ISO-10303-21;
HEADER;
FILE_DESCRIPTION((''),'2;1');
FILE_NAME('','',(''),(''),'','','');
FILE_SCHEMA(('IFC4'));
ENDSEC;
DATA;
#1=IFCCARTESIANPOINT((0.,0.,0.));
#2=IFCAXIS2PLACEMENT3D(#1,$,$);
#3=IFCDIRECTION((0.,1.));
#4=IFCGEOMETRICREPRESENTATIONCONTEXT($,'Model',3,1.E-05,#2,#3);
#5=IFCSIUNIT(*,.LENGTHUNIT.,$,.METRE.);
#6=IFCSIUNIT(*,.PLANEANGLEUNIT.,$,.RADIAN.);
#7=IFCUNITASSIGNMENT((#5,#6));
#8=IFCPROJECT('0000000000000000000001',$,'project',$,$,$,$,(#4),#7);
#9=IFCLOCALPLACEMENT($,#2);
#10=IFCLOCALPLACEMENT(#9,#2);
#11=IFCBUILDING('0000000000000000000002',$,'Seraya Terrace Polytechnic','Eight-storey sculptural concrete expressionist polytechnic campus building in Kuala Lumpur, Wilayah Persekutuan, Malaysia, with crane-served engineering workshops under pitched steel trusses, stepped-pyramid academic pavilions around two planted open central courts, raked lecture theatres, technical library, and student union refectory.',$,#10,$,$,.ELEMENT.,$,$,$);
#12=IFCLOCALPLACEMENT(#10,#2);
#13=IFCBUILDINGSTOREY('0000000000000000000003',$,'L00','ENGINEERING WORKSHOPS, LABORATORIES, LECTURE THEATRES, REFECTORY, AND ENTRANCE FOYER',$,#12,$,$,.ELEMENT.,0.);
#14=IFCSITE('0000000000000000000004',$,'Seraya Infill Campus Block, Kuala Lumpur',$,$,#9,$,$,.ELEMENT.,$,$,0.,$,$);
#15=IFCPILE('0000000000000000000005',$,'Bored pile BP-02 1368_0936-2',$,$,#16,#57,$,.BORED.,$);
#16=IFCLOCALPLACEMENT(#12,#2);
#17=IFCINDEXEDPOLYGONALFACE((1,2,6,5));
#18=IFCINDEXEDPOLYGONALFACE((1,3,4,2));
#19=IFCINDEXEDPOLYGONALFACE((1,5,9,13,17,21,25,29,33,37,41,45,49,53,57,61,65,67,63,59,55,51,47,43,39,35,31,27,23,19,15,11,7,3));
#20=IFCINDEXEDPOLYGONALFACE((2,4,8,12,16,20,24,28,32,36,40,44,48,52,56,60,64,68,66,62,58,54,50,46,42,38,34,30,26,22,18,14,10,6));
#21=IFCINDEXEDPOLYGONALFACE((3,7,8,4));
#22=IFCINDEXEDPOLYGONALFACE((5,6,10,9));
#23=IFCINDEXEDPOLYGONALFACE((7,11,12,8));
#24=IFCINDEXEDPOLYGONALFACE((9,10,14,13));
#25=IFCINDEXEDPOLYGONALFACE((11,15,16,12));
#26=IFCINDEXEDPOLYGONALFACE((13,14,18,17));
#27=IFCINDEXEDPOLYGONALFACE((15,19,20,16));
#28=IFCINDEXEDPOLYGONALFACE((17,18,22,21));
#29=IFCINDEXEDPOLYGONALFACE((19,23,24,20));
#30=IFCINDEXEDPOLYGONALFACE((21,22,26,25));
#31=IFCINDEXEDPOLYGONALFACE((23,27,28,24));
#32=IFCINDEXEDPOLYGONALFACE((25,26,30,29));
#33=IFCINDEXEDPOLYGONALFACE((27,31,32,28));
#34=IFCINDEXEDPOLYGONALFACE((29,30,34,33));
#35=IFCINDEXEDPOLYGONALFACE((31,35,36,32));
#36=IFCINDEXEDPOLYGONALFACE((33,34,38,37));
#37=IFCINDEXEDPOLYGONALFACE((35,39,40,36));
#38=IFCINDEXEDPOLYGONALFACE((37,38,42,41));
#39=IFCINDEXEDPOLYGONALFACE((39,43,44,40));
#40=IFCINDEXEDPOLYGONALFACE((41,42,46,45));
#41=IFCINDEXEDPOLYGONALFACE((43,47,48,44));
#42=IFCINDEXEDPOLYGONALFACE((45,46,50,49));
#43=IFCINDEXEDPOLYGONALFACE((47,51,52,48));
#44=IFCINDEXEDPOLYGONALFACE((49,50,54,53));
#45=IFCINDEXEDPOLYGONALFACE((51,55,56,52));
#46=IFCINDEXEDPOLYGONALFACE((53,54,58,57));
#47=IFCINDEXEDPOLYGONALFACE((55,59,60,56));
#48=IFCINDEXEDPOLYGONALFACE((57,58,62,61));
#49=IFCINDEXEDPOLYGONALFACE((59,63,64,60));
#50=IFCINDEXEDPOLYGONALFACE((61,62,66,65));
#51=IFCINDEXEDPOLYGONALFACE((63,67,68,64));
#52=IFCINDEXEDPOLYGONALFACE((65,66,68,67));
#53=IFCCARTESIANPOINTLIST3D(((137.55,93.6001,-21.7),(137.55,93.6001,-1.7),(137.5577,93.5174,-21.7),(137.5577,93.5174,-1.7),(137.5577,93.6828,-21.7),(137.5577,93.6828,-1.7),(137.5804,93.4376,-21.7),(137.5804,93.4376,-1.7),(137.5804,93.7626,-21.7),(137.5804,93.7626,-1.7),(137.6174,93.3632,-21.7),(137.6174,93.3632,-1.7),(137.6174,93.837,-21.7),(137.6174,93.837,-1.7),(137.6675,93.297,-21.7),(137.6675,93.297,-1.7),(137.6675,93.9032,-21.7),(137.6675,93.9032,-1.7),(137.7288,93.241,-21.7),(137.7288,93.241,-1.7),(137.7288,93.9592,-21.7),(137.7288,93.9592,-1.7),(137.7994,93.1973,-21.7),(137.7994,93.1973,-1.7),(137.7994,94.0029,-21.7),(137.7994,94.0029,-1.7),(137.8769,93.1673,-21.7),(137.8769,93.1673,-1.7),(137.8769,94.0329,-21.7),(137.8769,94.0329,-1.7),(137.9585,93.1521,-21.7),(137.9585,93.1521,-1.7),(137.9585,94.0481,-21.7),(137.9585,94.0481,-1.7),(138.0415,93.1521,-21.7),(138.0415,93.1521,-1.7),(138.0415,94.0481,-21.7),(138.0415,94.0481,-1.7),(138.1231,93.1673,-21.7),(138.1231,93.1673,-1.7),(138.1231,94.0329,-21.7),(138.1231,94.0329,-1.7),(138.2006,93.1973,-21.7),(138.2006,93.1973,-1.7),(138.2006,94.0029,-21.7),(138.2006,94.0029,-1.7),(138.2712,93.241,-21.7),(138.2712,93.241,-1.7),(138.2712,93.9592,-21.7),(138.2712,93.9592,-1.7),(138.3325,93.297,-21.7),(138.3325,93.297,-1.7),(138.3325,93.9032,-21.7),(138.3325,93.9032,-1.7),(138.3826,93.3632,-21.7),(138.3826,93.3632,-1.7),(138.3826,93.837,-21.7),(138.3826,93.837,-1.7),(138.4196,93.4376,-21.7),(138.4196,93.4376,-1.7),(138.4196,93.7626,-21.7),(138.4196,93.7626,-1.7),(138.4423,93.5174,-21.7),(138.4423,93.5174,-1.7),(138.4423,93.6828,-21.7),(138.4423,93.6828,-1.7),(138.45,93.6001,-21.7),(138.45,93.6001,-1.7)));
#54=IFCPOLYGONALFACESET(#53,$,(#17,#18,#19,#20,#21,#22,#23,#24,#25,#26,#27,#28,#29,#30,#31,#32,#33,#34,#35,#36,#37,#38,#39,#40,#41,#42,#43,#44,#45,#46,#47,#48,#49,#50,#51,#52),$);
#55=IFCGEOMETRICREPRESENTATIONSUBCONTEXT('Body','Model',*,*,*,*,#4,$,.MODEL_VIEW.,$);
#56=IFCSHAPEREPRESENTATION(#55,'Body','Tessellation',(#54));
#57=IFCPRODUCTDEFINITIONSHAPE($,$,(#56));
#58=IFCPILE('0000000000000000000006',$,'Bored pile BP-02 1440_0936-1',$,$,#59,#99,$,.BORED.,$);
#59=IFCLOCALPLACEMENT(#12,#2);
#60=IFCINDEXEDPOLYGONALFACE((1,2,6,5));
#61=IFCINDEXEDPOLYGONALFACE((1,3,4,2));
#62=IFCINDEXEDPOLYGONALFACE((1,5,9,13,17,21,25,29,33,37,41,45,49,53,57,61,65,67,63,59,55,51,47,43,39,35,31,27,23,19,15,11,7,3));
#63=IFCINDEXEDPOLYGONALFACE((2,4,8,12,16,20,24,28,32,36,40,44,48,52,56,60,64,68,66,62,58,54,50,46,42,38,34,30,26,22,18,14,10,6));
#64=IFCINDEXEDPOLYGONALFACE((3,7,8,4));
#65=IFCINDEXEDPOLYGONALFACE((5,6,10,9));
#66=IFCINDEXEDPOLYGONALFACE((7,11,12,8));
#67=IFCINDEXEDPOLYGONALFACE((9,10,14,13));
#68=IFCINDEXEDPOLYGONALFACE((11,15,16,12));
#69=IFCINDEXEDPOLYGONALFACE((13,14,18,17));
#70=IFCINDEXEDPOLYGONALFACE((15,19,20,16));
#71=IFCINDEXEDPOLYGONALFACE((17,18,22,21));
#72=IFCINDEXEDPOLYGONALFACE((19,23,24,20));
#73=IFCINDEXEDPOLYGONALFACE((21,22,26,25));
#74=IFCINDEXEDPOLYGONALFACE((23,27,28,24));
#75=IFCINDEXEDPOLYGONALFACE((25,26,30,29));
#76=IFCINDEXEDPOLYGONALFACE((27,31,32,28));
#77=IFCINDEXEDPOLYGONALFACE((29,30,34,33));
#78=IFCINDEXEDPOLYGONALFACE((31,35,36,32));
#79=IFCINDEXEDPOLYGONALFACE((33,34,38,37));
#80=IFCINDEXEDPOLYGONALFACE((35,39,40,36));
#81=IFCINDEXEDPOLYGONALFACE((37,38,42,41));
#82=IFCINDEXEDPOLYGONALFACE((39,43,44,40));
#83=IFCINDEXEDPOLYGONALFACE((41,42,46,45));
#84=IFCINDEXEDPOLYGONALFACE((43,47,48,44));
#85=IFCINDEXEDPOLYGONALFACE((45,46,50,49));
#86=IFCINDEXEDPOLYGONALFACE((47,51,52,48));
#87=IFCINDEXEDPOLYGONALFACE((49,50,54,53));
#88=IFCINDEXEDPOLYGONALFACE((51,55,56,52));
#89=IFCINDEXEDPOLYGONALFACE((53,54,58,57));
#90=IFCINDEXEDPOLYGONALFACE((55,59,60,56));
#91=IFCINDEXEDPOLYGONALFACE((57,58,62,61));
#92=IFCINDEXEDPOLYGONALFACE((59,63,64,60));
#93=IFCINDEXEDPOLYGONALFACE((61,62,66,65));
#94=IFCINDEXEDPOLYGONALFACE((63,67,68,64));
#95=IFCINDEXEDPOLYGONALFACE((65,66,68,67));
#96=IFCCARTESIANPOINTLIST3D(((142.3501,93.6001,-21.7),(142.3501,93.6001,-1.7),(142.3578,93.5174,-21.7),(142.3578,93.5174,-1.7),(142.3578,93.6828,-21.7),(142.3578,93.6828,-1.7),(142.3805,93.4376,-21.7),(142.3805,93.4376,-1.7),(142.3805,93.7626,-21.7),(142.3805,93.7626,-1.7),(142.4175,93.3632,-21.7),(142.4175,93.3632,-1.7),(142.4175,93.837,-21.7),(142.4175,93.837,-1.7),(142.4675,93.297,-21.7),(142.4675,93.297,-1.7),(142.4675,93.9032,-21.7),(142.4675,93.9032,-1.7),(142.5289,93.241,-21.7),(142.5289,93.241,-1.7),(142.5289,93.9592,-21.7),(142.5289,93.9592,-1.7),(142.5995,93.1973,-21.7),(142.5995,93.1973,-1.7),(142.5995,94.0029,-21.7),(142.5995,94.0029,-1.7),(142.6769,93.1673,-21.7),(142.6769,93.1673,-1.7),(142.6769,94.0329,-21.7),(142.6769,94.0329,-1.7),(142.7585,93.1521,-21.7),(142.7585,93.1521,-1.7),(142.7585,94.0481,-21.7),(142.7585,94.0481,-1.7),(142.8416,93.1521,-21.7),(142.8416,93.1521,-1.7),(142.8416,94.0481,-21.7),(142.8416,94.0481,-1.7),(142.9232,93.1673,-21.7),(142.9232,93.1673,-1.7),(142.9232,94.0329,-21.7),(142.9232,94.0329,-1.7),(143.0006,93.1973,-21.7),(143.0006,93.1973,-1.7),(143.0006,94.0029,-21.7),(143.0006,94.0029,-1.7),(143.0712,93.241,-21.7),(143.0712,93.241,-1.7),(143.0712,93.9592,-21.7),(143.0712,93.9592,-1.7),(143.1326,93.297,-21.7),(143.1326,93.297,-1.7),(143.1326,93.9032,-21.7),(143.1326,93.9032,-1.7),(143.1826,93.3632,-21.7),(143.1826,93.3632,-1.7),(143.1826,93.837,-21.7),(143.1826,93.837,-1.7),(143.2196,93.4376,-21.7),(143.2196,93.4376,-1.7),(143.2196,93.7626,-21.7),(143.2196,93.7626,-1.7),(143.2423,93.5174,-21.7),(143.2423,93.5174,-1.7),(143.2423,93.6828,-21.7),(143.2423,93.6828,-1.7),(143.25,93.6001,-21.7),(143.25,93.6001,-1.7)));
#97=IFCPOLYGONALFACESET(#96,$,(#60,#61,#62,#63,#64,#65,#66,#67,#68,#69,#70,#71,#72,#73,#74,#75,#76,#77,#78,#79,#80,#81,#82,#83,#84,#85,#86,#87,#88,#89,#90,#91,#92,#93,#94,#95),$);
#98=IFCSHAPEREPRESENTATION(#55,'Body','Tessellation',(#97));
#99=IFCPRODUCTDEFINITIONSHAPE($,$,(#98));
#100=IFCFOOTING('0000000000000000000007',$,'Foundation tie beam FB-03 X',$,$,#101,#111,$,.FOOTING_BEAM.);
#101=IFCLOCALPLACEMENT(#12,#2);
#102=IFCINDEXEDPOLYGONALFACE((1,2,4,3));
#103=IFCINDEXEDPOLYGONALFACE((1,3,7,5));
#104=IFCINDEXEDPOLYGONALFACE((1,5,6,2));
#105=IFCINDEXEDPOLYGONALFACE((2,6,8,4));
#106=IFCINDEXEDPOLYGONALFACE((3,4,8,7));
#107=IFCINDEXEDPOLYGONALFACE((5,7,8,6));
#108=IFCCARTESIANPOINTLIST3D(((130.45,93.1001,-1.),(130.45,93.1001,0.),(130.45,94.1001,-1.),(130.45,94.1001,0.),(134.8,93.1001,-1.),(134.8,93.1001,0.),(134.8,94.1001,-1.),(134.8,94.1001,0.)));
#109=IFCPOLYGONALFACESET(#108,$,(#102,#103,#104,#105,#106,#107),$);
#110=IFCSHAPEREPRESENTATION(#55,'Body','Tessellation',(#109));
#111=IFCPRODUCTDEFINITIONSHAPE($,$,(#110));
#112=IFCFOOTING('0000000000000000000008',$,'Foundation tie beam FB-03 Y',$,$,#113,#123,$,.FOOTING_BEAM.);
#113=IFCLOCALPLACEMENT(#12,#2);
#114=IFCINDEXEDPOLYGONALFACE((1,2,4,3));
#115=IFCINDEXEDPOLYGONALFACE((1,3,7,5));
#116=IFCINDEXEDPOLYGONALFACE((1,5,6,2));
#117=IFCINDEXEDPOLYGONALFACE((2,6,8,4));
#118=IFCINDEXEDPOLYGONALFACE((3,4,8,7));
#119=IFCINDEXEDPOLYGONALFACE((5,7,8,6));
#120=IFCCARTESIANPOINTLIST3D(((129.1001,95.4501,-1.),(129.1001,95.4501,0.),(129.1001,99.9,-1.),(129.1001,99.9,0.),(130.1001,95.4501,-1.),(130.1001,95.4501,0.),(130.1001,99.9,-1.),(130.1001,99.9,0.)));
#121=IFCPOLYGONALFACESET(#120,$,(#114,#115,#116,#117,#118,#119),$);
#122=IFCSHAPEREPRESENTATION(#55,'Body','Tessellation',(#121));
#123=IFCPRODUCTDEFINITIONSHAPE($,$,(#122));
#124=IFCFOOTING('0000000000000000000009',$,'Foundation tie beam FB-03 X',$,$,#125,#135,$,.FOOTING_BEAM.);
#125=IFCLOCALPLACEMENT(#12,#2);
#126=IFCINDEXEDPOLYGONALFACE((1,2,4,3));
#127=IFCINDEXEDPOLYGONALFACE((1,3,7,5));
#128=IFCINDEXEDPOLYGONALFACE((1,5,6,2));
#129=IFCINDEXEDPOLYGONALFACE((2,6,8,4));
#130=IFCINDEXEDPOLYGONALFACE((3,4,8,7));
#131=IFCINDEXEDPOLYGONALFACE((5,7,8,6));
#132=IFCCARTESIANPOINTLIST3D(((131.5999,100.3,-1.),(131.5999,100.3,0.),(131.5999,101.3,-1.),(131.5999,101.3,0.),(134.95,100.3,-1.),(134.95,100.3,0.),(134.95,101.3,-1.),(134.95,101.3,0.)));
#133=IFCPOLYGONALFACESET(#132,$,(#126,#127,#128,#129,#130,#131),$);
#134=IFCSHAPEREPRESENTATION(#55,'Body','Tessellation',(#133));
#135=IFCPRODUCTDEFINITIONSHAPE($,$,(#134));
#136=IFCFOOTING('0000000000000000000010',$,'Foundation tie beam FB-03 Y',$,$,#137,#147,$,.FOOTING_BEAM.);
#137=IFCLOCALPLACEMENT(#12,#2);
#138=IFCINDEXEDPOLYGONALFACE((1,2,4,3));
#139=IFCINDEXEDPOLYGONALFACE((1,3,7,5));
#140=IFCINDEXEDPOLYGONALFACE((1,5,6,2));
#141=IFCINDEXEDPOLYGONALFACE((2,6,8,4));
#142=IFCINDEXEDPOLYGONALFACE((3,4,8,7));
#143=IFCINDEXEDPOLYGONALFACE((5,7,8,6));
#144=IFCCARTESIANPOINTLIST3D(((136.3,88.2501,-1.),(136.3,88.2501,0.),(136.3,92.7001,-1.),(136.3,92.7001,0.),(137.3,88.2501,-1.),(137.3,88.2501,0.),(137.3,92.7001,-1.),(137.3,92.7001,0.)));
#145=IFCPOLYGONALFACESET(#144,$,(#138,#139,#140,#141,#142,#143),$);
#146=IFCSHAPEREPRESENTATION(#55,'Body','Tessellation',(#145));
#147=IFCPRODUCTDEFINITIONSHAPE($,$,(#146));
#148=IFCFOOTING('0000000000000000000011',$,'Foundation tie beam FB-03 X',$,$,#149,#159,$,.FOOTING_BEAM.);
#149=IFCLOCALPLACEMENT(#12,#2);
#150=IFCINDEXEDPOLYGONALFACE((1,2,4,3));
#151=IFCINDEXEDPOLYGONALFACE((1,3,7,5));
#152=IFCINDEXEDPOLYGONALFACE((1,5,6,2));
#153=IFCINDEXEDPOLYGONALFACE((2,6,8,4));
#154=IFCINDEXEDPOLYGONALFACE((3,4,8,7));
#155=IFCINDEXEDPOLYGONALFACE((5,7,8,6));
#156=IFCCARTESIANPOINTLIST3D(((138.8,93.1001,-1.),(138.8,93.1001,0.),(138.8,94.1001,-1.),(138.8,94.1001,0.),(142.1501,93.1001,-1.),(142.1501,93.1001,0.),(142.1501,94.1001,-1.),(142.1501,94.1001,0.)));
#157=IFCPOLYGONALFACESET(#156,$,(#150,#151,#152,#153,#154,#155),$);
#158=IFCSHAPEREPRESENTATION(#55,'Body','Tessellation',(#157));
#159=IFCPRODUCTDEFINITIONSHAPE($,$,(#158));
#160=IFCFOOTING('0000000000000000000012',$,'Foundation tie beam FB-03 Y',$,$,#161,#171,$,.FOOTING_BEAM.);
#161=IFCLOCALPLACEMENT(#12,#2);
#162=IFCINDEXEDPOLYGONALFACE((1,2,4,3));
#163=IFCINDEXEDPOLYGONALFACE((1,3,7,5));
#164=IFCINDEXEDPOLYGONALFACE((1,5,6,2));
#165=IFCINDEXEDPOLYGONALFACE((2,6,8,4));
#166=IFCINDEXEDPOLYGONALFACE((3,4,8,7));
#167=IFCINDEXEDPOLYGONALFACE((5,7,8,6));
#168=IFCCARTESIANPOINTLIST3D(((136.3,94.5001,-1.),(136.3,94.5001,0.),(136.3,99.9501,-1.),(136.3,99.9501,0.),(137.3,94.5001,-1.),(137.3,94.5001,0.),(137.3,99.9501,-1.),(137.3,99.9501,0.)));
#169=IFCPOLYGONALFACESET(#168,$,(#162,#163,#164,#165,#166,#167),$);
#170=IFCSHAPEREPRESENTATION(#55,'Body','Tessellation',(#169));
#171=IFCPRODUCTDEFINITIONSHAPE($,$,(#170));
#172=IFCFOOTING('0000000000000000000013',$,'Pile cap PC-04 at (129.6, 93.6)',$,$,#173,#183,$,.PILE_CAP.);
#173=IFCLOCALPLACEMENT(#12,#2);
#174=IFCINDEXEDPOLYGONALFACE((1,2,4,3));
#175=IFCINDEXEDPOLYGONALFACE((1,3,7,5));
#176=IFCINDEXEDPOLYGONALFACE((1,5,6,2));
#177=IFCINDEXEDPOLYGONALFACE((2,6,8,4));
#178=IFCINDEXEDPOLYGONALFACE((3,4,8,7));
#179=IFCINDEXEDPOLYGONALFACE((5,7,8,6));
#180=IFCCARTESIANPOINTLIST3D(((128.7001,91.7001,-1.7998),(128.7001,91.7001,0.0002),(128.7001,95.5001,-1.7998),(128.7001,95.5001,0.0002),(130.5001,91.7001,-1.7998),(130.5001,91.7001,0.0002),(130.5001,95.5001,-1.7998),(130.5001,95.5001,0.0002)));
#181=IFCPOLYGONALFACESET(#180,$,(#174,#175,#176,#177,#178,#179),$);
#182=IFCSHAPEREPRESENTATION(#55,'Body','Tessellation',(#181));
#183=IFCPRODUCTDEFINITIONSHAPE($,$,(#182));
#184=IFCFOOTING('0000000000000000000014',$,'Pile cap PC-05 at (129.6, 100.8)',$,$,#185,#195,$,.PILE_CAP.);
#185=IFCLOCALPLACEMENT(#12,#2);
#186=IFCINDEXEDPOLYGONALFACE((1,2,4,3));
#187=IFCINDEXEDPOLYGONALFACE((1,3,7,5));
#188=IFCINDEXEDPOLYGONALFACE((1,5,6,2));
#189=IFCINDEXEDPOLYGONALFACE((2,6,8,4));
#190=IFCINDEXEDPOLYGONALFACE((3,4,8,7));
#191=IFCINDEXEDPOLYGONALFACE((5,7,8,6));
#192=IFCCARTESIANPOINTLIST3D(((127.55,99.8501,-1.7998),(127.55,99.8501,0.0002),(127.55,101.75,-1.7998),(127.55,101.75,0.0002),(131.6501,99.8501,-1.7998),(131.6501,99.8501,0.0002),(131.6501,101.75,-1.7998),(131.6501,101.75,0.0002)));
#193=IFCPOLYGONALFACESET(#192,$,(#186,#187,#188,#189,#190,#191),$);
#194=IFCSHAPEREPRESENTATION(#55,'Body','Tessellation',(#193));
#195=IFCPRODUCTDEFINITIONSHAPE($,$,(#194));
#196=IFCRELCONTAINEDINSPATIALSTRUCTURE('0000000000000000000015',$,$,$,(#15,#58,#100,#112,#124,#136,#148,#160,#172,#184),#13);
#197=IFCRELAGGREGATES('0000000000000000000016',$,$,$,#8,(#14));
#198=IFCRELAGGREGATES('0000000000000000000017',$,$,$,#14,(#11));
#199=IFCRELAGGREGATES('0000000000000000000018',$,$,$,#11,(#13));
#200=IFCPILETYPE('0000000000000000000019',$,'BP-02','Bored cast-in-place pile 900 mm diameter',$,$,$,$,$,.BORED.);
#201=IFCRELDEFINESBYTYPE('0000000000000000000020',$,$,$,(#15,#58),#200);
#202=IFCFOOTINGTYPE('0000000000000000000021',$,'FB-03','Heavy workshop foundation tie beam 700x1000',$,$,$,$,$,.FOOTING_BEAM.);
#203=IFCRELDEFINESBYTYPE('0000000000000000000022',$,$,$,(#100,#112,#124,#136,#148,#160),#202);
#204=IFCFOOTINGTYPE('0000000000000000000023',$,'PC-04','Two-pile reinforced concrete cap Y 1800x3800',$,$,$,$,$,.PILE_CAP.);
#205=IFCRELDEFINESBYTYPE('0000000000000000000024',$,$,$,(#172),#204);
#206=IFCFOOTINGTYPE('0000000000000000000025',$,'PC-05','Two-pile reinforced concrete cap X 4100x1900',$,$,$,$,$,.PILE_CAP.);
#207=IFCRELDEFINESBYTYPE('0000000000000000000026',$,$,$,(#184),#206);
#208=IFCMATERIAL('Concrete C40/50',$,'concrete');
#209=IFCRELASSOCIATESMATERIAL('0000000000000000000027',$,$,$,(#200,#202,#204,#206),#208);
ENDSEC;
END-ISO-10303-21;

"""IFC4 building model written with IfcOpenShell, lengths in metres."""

from ifc_helpers import new_model, si_unit, direction, frame, origin, origin_2d, place, context, subcontext, project, spatial, rectangle, circle, extrude, material, material_profile, profile_set, type_object, element, save


model = new_model("IFC4")

# Units and contexts
model_context = context("Model", 3, precision=1e-05, world=origin(), true_north=direction((0.0, 1.0)))
body_context = subcontext(model_context, "Body", "Model", "MODEL_VIEW")
ifc_project = project(units=[si_unit("LENGTHUNIT", "METRE"), si_unit("PLANEANGLEUNIT", "RADIAN")], contexts=[model_context])

# Site, building, storey
site_placement = place(None, origin())
site = spatial("IfcSite", under=ifc_project, at=site_placement, Name="Seraya Infill Campus Block, Kuala Lumpur", CompositionType="ELEMENT", RefElevation=0.0)
building_placement = place(site_placement, origin())
building = spatial("IfcBuilding", under=site, at=building_placement, Name="Seraya Terrace Polytechnic", Description="Eight-storey sculptural concrete expressionist polytechnic campus building in Kuala Lumpur, Wilayah Persekutuan, Malaysia, with crane-served engineering workshops under pitched steel trusses, stepped-pyramid academic pavilions around two planted open central courts, raked lecture theatres, technical library, and student union refectory.", CompositionType="ELEMENT")
storey_placement = place(building_placement, origin())
storey = spatial("IfcBuildingStorey", under=building, at=storey_placement, Name="L00", Description="ENGINEERING WORKSHOPS, LABORATORIES, LECTURE THEATRES, REFECTORY, AND ENTRANCE FOYER", CompositionType="ELEMENT", Elevation=0.0)

# Piles
ifc_material_1 = material(Name="Concrete C40/50", Category="concrete")
ifc_material_profile_1 = material_profile(ifc_material_1, circle(Radius=0.45, at=origin_2d()), Name="DIA 900")
ifc_profile_set_1 = profile_set([ifc_material_profile_1], Name="Concrete C40/50")
pile_type = type_object("IfcPileType", Name="BP-02", Description="Bored cast-in-place pile 900 mm diameter", PredefinedType="BORED", material=ifc_profile_set_1)
for number, where, z_axis, x_axis, name in (
    (1, (138.0, 93.6001, -1.7), (0.0, 0.0, -1.0), (1.0, 0.0, 0.0), "Bored pile BP-02 1368_0936-2"),
    (2, (142.8, 93.6001, -1.7), (0.0, 0.0, -1.0), (1.0, 0.0, 0.0), "Bored pile BP-02 1440_0936-1"),
):
    element("IfcPile", number, at=place(storey_placement, frame(where, z_axis=z_axis, x_axis=x_axis)), inside=storey, type_object=pile_type, Name=name, PredefinedType="BORED", context=body_context, shape_type="SweptSolid", body=[
        extrude(circle(Radius=0.45, at=origin_2d()), origin(), (0.0, 0.0, 1.0), 20.0),
    ])

# Footings
footing_type_1 = type_object("IfcFootingType", Name="FB-03", Description="Heavy workshop foundation tie beam 700x1000", PredefinedType="FOOTING_BEAM", material=ifc_material_1)
footing_1_placement = place(storey_placement, frame((132.625, 93.6001, -1.0), z_axis=(0.0, 0.0, 1.0), x_axis=(1.0, 0.0, 0.0)))
element("IfcFooting", 3, at=footing_1_placement, inside=storey, type_object=footing_type_1, Name="Foundation tie beam FB-03 X", PredefinedType="FOOTING_BEAM", context=body_context, shape_type="SweptSolid", body=[
    extrude(rectangle(XDim=4.3501, YDim=1.0, at=origin_2d()), origin(), (0.0, 0.0, 1.0), 1.0),
])
footing_2_placement = place(storey_placement, frame((129.6001, 97.675, -1.0), z_axis=(0.0, 0.0, 1.0), x_axis=(0.0, 1.0, 0.0)))
element("IfcFooting", 4, at=footing_2_placement, inside=storey, type_object=footing_type_1, Name="Foundation tie beam FB-03 Y", PredefinedType="FOOTING_BEAM", context=body_context, shape_type="SweptSolid", body=[
    extrude(rectangle(XDim=4.45, YDim=1.0, at=origin_2d()), origin(), (0.0, 0.0, 1.0), 1.0),
])
footing_3_placement = place(storey_placement, frame((133.2749, 100.8, -1.0), z_axis=(0.0, 0.0, 1.0), x_axis=(1.0, 0.0, 0.0)))
element("IfcFooting", 5, at=footing_3_placement, inside=storey, type_object=footing_type_1, Name="Foundation tie beam FB-03 X", PredefinedType="FOOTING_BEAM", context=body_context, shape_type="SweptSolid", body=[
    extrude(rectangle(XDim=3.3501, YDim=1.0, at=origin_2d()), origin(), (0.0, 0.0, 1.0), 1.0),
])
footing_4_placement = place(storey_placement, frame((136.8, 90.4751, -1.0), z_axis=(0.0, 0.0, 1.0), x_axis=(0.0, 1.0, 0.0)))
element("IfcFooting", 6, at=footing_4_placement, inside=storey, type_object=footing_type_1, Name="Foundation tie beam FB-03 Y", PredefinedType="FOOTING_BEAM", context=body_context, shape_type="SweptSolid", body=[
    extrude(rectangle(XDim=4.45, YDim=1.0, at=origin_2d()), origin(), (0.0, 0.0, 1.0), 1.0),
])
footing_5_placement = place(storey_placement, frame((140.4751, 93.6001, -1.0), z_axis=(0.0, 0.0, 1.0), x_axis=(1.0, 0.0, 0.0)))
element("IfcFooting", 7, at=footing_5_placement, inside=storey, type_object=footing_type_1, Name="Foundation tie beam FB-03 X", PredefinedType="FOOTING_BEAM", context=body_context, shape_type="SweptSolid", body=[
    extrude(rectangle(XDim=3.3501, YDim=1.0, at=origin_2d()), origin(), (0.0, 0.0, 1.0), 1.0),
])
footing_6_placement = place(storey_placement, frame((136.8, 97.2251, -1.0), z_axis=(0.0, 0.0, 1.0), x_axis=(0.0, 1.0, 0.0)))
element("IfcFooting", 8, at=footing_6_placement, inside=storey, type_object=footing_type_1, Name="Foundation tie beam FB-03 Y", PredefinedType="FOOTING_BEAM", context=body_context, shape_type="SweptSolid", body=[
    extrude(rectangle(XDim=5.45, YDim=1.0, at=origin_2d()), origin(), (0.0, 0.0, 1.0), 1.0),
])
footing_type_2 = type_object("IfcFootingType", Name="PC-04", Description="Two-pile reinforced concrete cap Y 1800x3800", PredefinedType="PILE_CAP", material=ifc_material_1)
footing_7_placement = place(storey_placement, frame((129.6001, 93.6001, -1.7998), z_axis=(0.0, 0.0, 1.0), x_axis=(1.0, 0.0, 0.0)))
element("IfcFooting", 9, at=footing_7_placement, inside=storey, type_object=footing_type_2, Name="Pile cap PC-04 at (129.6, 93.6)", PredefinedType="PILE_CAP", context=body_context, shape_type="SweptSolid", body=[
    extrude(rectangle(XDim=1.8, YDim=3.8, at=origin_2d()), origin(), (0.0, 0.0, 1.0), 1.8),
])
footing_type_3 = type_object("IfcFootingType", Name="PC-05", Description="Two-pile reinforced concrete cap X 4100x1900", PredefinedType="PILE_CAP", material=ifc_material_1)
for number, where, z_axis, x_axis, name in (
    (10, (129.6001, 100.8, -1.7998), (0.0, 0.0, 1.0), (1.0, 0.0, 0.0), "Pile cap PC-05 at (129.6, 100.8)"),
):
    element("IfcFooting", number, at=place(storey_placement, frame(where, z_axis=z_axis, x_axis=x_axis)), inside=storey, type_object=footing_type_3, Name=name, PredefinedType="PILE_CAP", context=body_context, shape_type="SweptSolid", body=[
        extrude(rectangle(XDim=4.1001, YDim=1.8999, at=origin_2d()), origin(), (0.0, 0.0, 1.0), 1.8),
    ])

save(model, "model.ifc")
